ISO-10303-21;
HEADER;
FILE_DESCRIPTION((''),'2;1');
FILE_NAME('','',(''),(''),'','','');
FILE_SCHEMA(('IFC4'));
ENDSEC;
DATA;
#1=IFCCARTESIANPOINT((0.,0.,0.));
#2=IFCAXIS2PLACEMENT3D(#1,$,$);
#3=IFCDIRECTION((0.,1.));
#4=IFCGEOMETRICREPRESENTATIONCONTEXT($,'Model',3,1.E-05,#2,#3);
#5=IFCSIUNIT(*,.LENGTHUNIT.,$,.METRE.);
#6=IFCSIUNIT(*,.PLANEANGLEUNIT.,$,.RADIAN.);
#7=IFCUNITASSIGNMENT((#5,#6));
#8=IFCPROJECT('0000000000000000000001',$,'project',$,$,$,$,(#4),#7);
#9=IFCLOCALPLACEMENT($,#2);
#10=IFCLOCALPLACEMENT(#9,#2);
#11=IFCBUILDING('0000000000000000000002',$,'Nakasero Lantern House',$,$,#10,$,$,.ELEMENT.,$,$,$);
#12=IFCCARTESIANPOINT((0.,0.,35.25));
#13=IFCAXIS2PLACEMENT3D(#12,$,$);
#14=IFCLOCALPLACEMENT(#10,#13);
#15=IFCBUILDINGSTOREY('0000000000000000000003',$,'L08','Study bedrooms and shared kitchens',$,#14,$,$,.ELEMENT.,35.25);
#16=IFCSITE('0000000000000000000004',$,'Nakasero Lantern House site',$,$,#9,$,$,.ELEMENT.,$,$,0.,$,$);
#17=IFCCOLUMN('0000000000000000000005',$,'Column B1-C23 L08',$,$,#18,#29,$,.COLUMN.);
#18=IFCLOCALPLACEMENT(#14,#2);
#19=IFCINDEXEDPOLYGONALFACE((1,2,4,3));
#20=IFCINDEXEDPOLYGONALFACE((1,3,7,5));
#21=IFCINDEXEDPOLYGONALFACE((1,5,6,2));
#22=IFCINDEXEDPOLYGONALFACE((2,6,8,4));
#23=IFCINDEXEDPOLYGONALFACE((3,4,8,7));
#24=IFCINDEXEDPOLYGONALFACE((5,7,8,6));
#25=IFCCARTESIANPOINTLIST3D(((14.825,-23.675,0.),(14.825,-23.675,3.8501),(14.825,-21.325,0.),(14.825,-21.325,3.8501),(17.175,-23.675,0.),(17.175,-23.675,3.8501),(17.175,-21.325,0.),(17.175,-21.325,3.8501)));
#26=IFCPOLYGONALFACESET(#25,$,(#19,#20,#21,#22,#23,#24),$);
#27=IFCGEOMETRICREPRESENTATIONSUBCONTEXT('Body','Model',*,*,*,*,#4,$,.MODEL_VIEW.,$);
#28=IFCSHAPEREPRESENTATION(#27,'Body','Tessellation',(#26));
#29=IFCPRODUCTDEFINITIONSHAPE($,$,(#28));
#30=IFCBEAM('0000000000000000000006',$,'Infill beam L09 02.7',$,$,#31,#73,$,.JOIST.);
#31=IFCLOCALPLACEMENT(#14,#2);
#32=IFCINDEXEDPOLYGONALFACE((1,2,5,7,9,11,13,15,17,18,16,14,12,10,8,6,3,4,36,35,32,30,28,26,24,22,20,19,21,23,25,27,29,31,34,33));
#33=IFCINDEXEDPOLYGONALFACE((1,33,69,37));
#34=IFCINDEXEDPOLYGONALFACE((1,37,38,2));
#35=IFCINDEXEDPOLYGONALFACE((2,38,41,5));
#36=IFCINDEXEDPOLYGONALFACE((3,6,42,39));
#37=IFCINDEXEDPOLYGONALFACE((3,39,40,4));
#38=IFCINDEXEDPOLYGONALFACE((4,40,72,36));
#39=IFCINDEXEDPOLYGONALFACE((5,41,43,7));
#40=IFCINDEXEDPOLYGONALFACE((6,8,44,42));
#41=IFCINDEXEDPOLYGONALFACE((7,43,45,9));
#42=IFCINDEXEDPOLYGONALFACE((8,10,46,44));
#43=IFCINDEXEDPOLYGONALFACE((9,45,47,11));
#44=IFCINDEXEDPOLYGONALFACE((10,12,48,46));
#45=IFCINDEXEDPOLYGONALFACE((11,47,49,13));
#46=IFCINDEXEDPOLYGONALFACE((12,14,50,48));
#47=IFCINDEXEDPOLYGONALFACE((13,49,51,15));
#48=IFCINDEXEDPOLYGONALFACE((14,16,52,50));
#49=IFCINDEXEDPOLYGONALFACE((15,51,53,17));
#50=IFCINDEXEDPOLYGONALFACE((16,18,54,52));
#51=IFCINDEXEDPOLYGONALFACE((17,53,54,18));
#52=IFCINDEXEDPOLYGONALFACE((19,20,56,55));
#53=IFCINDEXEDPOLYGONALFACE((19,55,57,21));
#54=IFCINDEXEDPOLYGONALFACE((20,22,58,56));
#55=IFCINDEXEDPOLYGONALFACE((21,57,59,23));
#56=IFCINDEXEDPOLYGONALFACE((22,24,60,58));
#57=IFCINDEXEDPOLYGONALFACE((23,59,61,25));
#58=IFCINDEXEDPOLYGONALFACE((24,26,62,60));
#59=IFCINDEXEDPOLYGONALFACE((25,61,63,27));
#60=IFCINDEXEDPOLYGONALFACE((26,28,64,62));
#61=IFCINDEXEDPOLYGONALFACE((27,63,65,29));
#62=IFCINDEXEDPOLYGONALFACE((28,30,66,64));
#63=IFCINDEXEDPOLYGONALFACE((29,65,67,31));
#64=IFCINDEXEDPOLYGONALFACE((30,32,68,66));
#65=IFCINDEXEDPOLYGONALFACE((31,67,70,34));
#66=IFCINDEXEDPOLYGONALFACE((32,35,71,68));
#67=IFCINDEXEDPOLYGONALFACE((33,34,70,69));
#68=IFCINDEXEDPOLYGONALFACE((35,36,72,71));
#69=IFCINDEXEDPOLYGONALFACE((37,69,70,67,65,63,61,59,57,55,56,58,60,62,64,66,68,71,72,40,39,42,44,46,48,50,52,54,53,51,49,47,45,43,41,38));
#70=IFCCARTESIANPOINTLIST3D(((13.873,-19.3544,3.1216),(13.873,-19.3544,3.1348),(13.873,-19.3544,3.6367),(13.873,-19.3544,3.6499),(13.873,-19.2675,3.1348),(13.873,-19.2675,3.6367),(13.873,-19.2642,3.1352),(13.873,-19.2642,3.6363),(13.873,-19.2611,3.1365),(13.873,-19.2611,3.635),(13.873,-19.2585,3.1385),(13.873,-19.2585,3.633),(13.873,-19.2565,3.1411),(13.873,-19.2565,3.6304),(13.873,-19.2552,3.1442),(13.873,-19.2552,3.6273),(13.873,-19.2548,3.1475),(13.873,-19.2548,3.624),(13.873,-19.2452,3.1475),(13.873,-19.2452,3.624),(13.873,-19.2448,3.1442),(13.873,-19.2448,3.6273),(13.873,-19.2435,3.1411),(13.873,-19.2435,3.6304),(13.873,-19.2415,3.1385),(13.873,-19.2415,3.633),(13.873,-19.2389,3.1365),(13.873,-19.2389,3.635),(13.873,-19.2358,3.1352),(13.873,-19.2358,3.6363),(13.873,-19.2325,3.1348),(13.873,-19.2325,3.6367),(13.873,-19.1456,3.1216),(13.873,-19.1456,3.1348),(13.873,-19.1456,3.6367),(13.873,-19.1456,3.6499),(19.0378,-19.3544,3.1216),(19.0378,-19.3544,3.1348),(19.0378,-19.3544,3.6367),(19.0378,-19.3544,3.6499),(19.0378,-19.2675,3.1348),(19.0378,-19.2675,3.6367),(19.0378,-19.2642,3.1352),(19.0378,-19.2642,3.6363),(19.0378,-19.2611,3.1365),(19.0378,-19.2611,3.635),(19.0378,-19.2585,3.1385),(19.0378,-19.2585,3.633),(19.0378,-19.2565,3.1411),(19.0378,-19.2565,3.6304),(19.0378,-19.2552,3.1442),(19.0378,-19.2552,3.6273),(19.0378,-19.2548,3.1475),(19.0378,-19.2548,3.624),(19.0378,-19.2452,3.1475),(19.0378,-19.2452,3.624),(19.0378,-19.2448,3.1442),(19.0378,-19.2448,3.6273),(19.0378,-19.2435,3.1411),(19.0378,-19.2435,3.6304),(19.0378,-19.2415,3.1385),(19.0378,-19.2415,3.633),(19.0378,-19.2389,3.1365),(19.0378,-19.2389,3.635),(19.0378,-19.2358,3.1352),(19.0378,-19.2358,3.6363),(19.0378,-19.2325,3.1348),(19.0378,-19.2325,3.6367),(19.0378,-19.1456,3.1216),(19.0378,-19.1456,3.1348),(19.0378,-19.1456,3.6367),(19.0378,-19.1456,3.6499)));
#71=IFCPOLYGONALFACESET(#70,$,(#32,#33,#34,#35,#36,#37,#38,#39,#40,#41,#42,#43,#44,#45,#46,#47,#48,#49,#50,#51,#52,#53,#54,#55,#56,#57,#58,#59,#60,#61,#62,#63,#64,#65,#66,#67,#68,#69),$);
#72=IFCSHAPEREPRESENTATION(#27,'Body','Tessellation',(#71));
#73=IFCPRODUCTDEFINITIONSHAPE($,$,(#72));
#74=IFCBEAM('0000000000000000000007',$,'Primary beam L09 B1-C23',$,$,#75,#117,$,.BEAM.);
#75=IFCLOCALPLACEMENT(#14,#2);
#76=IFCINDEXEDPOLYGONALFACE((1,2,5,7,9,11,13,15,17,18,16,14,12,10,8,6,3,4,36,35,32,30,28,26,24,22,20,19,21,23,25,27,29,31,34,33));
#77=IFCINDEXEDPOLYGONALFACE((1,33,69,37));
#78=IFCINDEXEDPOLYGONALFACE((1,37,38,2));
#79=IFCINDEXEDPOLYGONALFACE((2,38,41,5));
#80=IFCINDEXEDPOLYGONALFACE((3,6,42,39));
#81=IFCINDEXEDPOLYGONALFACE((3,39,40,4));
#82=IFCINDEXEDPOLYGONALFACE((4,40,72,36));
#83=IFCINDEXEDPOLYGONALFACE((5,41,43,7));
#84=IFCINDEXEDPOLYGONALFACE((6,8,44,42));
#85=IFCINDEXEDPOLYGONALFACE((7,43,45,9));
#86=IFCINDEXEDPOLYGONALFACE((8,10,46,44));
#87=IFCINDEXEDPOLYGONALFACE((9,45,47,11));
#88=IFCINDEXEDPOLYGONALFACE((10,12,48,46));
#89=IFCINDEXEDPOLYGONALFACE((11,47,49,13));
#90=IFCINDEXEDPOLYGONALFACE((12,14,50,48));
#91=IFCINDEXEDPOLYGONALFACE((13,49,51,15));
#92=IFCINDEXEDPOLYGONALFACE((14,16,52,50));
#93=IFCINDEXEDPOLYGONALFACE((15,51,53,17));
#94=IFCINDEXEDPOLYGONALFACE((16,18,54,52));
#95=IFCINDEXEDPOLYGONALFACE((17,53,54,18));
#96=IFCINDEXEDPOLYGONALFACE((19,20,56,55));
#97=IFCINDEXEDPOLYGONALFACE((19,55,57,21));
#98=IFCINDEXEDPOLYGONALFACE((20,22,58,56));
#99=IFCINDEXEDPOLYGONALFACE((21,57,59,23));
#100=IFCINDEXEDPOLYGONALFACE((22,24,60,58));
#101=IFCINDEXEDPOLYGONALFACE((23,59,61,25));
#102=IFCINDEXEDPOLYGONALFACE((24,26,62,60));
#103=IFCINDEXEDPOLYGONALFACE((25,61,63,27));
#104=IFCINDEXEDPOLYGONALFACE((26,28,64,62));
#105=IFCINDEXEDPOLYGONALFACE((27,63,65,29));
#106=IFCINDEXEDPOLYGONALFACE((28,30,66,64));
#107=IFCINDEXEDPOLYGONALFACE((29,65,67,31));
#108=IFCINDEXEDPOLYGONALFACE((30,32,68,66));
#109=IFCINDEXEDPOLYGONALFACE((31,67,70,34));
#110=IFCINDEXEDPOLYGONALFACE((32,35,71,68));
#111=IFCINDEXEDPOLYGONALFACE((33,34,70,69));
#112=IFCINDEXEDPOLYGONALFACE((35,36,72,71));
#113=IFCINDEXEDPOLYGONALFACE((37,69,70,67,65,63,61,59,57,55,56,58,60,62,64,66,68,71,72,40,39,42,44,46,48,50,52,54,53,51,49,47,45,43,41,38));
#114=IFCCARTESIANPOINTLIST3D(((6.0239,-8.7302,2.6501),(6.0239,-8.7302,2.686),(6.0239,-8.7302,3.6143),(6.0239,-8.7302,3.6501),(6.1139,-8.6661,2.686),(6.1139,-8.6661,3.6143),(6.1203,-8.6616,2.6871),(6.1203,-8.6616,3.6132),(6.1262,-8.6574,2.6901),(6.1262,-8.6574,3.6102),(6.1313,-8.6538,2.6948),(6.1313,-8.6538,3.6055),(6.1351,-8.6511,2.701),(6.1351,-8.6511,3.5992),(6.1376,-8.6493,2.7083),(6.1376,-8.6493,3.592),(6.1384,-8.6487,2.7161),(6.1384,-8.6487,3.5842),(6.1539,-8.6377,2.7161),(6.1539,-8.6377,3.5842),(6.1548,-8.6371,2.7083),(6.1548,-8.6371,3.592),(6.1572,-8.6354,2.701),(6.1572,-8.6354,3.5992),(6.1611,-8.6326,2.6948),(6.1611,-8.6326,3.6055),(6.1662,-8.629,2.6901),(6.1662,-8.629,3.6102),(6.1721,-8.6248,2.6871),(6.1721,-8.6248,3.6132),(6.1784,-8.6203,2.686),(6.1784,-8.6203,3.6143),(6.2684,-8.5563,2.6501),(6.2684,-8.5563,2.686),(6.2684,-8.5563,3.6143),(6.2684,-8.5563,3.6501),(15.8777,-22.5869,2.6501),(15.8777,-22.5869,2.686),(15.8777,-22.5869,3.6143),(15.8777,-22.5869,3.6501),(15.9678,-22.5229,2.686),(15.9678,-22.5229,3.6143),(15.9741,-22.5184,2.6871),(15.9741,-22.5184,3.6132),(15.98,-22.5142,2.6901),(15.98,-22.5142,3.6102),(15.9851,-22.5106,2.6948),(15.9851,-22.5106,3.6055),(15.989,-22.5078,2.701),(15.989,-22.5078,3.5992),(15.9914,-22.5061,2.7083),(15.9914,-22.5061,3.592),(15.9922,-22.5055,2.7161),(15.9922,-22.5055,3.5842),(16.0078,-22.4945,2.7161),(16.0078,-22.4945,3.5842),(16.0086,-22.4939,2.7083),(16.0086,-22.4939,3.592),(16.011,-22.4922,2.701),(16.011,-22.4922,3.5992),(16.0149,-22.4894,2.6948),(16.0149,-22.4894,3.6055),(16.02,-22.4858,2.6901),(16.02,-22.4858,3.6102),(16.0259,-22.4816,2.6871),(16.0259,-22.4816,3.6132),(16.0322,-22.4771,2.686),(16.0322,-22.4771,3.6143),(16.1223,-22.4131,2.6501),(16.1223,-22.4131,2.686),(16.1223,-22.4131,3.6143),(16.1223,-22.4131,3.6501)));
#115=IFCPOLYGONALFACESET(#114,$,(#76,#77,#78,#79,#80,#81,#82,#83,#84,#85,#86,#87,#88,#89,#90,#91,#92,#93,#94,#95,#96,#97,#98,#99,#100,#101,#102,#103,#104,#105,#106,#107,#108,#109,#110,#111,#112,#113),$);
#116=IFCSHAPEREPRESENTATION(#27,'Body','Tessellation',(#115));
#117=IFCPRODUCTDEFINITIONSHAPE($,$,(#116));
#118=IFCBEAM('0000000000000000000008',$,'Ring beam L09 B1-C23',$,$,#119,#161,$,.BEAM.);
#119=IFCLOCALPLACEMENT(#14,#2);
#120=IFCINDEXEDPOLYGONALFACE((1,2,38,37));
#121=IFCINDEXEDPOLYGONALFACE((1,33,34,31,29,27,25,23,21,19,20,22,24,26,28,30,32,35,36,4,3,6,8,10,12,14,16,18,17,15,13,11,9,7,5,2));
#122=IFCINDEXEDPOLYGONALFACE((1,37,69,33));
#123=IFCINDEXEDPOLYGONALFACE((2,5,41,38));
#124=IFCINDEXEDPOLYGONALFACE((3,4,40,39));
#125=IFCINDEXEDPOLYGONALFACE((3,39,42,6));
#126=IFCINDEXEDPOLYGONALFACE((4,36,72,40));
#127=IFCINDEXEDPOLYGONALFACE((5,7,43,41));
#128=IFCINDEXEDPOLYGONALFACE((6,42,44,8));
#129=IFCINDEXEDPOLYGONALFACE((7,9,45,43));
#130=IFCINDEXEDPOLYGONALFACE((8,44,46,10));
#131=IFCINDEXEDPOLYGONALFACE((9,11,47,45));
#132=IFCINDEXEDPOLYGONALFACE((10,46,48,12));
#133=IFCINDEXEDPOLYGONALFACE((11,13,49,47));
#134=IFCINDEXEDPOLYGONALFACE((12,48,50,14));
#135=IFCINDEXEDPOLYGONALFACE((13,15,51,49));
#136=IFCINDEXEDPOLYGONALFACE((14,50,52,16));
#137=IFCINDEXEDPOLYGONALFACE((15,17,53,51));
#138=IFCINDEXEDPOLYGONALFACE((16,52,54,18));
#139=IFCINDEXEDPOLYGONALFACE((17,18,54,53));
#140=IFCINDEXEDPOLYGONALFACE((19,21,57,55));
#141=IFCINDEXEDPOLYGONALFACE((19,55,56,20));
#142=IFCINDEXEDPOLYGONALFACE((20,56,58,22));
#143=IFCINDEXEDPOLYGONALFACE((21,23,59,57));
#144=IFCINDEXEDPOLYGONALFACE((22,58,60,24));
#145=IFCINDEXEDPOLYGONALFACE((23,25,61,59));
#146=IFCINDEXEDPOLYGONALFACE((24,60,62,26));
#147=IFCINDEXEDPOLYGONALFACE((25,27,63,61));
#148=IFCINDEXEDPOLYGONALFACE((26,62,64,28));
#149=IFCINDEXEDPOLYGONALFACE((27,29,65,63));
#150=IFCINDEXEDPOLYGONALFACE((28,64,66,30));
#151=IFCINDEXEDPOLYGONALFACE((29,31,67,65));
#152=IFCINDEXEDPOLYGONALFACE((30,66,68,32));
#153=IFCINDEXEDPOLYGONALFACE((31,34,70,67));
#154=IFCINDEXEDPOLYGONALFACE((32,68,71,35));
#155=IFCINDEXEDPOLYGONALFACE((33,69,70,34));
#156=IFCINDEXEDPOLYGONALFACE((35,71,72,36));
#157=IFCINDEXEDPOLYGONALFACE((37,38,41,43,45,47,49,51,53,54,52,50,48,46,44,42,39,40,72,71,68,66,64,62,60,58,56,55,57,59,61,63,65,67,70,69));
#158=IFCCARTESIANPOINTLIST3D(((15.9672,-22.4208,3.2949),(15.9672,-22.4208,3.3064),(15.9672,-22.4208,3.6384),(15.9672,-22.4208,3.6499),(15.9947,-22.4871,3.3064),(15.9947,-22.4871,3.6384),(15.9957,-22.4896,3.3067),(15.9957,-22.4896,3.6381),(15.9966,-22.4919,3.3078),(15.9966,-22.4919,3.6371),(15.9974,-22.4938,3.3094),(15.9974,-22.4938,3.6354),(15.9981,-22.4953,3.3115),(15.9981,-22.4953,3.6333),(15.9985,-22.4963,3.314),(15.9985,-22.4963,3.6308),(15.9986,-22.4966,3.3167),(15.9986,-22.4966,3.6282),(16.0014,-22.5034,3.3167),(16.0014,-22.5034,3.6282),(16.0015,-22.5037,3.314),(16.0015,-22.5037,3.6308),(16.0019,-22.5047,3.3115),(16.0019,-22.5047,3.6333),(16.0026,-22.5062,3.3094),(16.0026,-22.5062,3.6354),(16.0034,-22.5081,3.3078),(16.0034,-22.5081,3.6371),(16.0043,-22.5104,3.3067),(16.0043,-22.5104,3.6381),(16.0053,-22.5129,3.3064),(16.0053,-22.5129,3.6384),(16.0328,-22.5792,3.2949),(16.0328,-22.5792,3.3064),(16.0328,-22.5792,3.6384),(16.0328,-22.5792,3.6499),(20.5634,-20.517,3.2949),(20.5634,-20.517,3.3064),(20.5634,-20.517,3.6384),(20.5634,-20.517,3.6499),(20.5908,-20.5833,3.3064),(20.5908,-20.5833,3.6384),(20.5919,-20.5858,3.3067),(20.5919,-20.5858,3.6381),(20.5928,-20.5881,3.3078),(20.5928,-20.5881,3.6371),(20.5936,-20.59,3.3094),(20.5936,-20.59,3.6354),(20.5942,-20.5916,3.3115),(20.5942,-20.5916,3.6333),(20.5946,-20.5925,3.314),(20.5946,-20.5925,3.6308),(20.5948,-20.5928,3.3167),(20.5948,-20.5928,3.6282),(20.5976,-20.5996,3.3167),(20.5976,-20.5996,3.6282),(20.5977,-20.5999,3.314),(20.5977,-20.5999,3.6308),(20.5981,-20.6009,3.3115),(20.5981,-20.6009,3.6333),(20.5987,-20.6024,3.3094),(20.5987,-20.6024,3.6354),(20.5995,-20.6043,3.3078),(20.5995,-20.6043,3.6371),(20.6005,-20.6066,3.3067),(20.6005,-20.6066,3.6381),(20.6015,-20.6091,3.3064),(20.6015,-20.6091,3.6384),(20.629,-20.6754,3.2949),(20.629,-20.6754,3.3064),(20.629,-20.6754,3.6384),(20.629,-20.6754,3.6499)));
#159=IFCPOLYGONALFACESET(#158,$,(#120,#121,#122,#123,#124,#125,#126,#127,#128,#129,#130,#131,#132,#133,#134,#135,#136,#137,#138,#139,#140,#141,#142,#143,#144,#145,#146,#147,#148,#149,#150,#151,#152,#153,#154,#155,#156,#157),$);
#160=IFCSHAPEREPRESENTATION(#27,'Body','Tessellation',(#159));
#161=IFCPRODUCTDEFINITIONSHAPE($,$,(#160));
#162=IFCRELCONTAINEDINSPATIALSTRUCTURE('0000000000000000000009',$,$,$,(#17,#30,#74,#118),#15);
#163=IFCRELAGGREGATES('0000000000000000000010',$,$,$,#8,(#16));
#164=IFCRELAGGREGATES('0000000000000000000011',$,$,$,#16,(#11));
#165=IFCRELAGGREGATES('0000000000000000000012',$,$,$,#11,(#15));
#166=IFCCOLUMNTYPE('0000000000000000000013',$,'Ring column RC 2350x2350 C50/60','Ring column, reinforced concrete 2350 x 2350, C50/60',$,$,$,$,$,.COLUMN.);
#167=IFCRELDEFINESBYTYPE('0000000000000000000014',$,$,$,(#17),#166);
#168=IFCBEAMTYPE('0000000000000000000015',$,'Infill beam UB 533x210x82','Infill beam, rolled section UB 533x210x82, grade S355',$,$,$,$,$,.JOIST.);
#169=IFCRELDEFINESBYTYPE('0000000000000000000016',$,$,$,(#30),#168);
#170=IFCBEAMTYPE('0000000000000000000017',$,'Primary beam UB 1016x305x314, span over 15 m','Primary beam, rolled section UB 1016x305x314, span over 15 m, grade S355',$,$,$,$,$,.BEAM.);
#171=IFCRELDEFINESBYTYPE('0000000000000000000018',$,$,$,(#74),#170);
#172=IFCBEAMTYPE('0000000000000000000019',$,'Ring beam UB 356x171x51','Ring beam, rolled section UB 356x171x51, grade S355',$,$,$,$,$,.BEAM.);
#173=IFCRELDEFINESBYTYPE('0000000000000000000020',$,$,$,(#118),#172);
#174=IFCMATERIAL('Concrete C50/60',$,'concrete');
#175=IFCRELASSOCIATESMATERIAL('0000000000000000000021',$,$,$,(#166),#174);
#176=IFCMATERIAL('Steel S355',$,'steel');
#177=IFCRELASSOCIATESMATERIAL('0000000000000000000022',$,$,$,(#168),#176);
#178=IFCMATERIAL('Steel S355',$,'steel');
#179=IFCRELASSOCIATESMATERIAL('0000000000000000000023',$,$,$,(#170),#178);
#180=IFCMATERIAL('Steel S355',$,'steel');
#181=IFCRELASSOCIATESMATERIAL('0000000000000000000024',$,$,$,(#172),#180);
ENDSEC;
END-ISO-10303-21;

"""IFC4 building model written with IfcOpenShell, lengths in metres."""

from ifc_helpers import new_model, si_unit, direction, frame, origin, origin_2d, place, context, subcontext, project, spatial, rectangle, i_section, extrude, material, material_profile, profile_set, type_object, element, save


model = new_model("IFC4")

# Units and contexts
model_context = context("Model", 3, precision=1e-05, world=origin(), true_north=direction((0.0, 1.0)))
body_context = subcontext(model_context, "Body", "Model", "MODEL_VIEW")
ifc_project = project(units=[si_unit("LENGTHUNIT", "METRE"), si_unit("PLANEANGLEUNIT", "RADIAN")], contexts=[model_context])

# Site, building, storey
site_placement = place(None, origin())
site = spatial("IfcSite", under=ifc_project, at=site_placement, Name="Nakasero Lantern House site", CompositionType="ELEMENT", RefElevation=0.0)
building_placement = place(site_placement, origin())
building = spatial("IfcBuilding", under=site, at=building_placement, Name="Nakasero Lantern House", CompositionType="ELEMENT")
storey_placement = place(building_placement, frame((0.0, 0.0, 35.25)))
storey = spatial("IfcBuildingStorey", under=building, at=storey_placement, Name="L08", Description="Study bedrooms and shared kitchens", CompositionType="ELEMENT", Elevation=35.25)

# Column
ifc_material_1 = material(Name="Concrete C50/60", Category="concrete")
ifc_material_profile_1 = material_profile(ifc_material_1, rectangle(XDim=2.3501, YDim=2.3501, at=origin_2d()), Name="RC 2350x2350")
ifc_profile_set_1 = profile_set([ifc_material_profile_1], Name="Concrete C50/60")
column_type = type_object("IfcColumnType", Name="Ring column RC 2350x2350 C50/60", Description="Ring column, reinforced concrete 2350 x 2350, C50/60", PredefinedType="COLUMN", material=ifc_profile_set_1)
column_placement = place(storey_placement, frame((16.0, -22.5, 0.0), z_axis=(0.0, 0.0, 1.0), x_axis=(1.0, 0.0, 0.0)))
element("IfcColumn", 1, at=column_placement, inside=storey, type_object=column_type, Name="Column B1-C23 L08", PredefinedType="COLUMN", context=body_context, shape_type="SweptSolid", body=[
    extrude(rectangle(XDim=2.3501, YDim=2.3501, at=origin_2d()), origin(), (0.0, 0.0, 1.0), 3.8501),
])

# Beams
ifc_material_2 = material(Name="Steel S355", Category="steel")
ifc_material_profile_2 = material_profile(ifc_material_2, i_section(OverallWidth=0.2087, OverallDepth=0.5283, WebThickness=0.0095, FlangeThickness=0.0132, FilletRadius=0.0127, at=origin_2d()), Name="UB 533x210x82")
ifc_profile_set_2 = profile_set([ifc_material_profile_2], Name="Steel S355")
beam_type_1 = type_object("IfcBeamType", Name="Infill beam UB 533x210x82", Description="Infill beam, rolled section UB 533x210x82, grade S355", PredefinedType="JOIST", material=ifc_profile_set_2)
beam_1_placement = place(storey_placement, frame((13.873, -19.25, 3.3857), z_axis=(1.0, 0.0, 0.0), x_axis=(0.0, 1.0, 0.0)))
element("IfcBeam", 2, at=beam_1_placement, inside=storey, type_object=beam_type_1, Name="Infill beam L09 02.7", PredefinedType="JOIST", context=body_context, shape_type="SweptSolid", body=[
    extrude(i_section(OverallWidth=0.2087, OverallDepth=0.5283, WebThickness=0.0095, FlangeThickness=0.0132, FilletRadius=0.0127, at=origin_2d()), origin(), (0.0, 0.0, 1.0), 5.1648),
])
ifc_material_3 = material(Name="Steel S355", Category="steel")
ifc_material_profile_3 = material_profile(ifc_material_3, i_section(OverallWidth=0.3, OverallDepth=1.0, WebThickness=0.019, FlangeThickness=0.0359, FilletRadius=0.03, at=origin_2d()), Name="UB 1016x305x314")
ifc_profile_set_3 = profile_set([ifc_material_profile_3], Name="Steel S355")
beam_type_2 = type_object("IfcBeamType", Name="Primary beam UB 1016x305x314, span over 15 m", Description="Primary beam, rolled section UB 1016x305x314, span over 15 m, grade S355", PredefinedType="BEAM", material=ifc_profile_set_3)
beam_2_placement = place(storey_placement, frame((16.0, -22.5, 3.1501), z_axis=(-0.579528, 0.814952, 0.0), x_axis=(-0.814952, -0.579528, 0.0)))
element("IfcBeam", 3, at=beam_2_placement, inside=storey, type_object=beam_type_2, Name="Primary beam L09 B1-C23", PredefinedType="BEAM", context=body_context, shape_type="SweptSolid", body=[
    extrude(i_section(OverallWidth=0.3, OverallDepth=1.0, WebThickness=0.019, FlangeThickness=0.0359, FilletRadius=0.03, at=origin_2d()), origin(), (0.0, 0.0, 1.0), 17.0032),
])
ifc_material_4 = material(Name="Steel S355", Category="steel")
ifc_material_profile_4 = material_profile(ifc_material_4, i_section(OverallWidth=0.1714, OverallDepth=0.355, WebThickness=0.0073, FlangeThickness=0.0115, FilletRadius=0.0103, at=origin_2d()), Name="UB 356x171x51")
ifc_profile_set_4 = profile_set([ifc_material_profile_4], Name="Steel S355")
beam_type_3 = type_object("IfcBeamType", Name="Ring beam UB 356x171x51", Description="Ring beam, rolled section UB 356x171x51, grade S355", PredefinedType="BEAM", material=ifc_profile_set_4)
beam_3_placement = place(storey_placement, frame((16.0, -22.5, 3.4724), z_axis=(0.923879, 0.382684, 0.0), x_axis=(-0.382684, 0.923879, 0.0)))
element("IfcBeam", 4, at=beam_3_placement, inside=storey, type_object=beam_type_3, Name="Ring beam L09 B1-C23", PredefinedType="BEAM", context=body_context, shape_type="SweptSolid", body=[
    extrude(i_section(OverallWidth=0.1714, OverallDepth=0.355, WebThickness=0.0073, FlangeThickness=0.0115, FilletRadius=0.0103, at=origin_2d()), origin(), (0.0, 0.0, 1.0), 4.9749),
])

save(model, "model.ifc")
